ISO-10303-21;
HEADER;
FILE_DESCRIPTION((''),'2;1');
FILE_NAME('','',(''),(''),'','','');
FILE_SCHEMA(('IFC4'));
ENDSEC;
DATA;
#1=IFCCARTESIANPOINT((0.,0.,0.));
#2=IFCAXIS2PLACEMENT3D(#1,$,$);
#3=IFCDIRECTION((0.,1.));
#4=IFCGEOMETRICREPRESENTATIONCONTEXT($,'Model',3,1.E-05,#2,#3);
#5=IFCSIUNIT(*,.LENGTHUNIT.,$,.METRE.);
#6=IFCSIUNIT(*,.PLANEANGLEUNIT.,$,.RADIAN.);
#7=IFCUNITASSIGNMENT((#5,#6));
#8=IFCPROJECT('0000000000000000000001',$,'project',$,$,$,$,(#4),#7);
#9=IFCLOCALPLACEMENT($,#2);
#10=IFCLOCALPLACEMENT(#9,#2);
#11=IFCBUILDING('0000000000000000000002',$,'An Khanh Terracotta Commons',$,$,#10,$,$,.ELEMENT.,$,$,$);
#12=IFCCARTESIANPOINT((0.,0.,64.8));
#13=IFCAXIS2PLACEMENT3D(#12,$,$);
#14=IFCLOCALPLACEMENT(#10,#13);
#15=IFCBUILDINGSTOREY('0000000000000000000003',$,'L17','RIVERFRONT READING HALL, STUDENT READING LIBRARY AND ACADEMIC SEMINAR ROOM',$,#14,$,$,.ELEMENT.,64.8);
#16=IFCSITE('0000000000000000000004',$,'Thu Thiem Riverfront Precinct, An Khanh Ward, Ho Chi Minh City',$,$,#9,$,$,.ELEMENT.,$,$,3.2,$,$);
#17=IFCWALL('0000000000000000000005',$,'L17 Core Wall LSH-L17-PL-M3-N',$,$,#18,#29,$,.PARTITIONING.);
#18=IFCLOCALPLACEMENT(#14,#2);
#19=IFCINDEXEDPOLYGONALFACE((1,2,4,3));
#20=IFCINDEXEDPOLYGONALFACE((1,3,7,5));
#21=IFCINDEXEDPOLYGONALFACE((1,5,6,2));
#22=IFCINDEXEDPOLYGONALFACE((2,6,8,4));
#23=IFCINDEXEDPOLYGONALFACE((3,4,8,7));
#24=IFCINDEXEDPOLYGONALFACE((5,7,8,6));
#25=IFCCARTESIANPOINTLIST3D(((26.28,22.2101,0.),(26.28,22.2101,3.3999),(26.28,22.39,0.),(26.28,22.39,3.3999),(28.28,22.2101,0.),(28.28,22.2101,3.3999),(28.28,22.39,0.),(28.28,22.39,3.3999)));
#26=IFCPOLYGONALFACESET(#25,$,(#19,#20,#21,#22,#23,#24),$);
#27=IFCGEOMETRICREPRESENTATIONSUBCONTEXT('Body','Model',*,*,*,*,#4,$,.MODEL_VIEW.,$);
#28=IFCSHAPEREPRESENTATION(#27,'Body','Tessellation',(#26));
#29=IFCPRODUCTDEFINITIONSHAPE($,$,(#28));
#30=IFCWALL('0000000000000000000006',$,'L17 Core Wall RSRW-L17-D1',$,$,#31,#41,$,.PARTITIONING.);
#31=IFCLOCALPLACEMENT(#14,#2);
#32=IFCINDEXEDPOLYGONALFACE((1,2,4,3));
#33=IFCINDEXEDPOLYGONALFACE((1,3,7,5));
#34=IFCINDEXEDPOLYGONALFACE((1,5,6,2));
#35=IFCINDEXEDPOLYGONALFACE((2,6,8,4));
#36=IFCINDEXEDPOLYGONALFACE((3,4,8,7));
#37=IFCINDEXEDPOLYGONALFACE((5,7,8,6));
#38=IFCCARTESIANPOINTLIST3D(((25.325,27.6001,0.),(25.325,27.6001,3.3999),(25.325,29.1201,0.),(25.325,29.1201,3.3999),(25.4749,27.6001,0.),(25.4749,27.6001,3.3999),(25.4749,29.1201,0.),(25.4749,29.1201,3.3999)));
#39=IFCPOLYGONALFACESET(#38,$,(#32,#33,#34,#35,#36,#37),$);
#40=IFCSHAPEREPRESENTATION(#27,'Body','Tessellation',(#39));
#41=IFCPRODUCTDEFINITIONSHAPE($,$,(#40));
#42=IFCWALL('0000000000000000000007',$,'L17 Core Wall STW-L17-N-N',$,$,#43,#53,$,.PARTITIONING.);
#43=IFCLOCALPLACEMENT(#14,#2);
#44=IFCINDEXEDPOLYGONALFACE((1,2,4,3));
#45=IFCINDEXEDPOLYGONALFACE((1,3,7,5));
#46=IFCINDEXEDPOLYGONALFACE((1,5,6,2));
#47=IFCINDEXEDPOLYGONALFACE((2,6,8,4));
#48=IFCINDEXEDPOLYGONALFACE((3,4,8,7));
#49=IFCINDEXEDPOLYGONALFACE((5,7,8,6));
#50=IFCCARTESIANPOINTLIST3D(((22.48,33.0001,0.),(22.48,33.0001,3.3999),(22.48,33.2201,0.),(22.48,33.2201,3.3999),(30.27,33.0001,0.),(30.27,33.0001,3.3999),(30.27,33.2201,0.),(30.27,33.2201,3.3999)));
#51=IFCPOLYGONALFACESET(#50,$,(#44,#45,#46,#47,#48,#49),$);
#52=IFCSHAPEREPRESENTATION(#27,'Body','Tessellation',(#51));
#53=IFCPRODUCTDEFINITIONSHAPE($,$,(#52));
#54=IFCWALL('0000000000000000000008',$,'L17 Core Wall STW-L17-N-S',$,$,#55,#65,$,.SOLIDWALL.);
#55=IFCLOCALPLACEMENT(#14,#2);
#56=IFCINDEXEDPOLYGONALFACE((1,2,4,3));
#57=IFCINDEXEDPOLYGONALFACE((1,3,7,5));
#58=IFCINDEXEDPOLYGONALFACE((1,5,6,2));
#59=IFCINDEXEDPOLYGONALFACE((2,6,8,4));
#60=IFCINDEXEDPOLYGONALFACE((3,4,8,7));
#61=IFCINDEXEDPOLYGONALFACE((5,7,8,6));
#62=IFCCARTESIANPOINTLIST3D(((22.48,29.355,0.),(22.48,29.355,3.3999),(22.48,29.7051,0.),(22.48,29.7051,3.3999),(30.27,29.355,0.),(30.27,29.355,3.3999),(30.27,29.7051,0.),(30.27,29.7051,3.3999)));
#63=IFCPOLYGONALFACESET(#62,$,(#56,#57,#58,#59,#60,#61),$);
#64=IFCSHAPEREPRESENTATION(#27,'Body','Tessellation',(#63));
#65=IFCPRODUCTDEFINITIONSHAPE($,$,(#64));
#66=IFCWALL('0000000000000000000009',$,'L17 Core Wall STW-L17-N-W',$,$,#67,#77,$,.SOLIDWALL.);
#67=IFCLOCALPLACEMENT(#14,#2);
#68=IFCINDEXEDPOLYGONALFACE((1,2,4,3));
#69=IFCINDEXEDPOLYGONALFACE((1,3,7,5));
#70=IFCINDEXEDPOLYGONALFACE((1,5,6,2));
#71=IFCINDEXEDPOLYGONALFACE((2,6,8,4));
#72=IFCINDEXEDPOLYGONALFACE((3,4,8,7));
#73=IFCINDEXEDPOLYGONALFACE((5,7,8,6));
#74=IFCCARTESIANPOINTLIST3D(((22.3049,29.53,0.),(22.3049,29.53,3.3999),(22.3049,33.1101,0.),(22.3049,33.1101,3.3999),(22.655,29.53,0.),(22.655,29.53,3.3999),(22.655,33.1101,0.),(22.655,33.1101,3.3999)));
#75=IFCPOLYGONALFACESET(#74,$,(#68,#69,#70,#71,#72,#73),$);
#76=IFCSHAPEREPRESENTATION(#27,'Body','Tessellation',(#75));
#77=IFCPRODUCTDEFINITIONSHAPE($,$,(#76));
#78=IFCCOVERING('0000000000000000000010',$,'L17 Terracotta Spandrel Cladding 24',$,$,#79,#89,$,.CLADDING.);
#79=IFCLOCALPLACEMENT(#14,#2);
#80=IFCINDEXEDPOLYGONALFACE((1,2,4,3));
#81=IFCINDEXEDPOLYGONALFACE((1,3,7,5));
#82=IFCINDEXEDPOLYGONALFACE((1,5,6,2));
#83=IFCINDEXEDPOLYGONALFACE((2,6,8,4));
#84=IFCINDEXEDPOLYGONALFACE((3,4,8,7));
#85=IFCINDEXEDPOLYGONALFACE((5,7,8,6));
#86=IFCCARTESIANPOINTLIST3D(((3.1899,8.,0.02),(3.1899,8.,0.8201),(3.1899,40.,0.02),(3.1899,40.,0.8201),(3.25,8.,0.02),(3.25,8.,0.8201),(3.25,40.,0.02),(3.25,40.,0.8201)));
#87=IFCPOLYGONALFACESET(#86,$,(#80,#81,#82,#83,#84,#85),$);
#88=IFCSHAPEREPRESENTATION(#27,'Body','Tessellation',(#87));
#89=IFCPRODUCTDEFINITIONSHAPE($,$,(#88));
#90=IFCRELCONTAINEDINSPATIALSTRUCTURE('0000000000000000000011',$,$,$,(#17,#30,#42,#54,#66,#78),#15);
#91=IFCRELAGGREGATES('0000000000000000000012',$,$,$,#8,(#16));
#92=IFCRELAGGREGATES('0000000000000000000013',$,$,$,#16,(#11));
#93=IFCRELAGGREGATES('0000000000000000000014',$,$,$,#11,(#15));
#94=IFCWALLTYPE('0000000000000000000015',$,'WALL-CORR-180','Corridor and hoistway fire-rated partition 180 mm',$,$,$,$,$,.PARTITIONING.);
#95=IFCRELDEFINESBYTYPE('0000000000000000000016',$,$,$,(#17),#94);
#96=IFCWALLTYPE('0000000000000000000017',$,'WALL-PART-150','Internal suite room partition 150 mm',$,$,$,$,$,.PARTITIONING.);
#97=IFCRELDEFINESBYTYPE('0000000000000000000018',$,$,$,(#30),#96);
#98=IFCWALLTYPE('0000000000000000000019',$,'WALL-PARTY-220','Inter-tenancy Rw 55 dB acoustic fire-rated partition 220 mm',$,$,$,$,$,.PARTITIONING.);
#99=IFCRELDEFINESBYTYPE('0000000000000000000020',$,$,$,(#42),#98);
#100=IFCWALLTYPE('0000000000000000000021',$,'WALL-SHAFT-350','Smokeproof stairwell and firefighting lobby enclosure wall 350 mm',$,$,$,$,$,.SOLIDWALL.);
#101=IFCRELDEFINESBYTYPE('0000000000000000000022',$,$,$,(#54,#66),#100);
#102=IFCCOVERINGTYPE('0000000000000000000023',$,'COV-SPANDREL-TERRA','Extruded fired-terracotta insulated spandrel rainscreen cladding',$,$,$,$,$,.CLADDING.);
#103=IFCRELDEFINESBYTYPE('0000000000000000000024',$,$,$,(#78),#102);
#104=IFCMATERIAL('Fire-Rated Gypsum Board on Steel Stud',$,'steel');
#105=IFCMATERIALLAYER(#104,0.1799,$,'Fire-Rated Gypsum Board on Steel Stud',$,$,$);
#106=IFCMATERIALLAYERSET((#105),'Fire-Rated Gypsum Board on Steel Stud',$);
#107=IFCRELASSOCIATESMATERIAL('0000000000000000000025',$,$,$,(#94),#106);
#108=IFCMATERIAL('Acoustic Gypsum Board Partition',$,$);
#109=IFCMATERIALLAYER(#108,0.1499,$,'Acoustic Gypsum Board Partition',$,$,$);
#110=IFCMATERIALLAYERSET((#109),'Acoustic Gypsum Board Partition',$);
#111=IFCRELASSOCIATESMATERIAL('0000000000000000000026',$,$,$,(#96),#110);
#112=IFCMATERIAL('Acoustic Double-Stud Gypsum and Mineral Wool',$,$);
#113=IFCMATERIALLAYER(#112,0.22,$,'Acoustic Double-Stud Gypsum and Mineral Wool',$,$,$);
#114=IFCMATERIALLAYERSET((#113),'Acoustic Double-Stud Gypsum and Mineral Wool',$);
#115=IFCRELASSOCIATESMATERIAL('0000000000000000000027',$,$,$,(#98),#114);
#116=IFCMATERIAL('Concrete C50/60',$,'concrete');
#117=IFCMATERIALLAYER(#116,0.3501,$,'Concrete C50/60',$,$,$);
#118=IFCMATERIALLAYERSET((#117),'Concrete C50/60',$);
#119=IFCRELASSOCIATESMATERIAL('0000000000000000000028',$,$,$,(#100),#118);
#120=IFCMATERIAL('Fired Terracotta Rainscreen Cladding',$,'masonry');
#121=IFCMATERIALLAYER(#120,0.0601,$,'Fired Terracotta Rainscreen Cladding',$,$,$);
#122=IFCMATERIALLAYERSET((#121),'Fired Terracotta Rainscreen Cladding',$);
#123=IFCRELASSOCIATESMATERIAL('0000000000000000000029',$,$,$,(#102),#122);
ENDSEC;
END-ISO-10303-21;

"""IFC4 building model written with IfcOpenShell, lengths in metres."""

from ifc_helpers import new_model, si_unit, direction, frame, frame_2d, origin, origin_2d, place, context, subcontext, project, spatial, rectangle, extrude, material, layer, layer_set, type_object, element, save


model = new_model("IFC4")

# Units and contexts
model_context = context("Model", 3, precision=1e-05, world=origin(), true_north=direction((0.0, 1.0)))
body_context = subcontext(model_context, "Body", "Model", "MODEL_VIEW")
ifc_project = project(units=[si_unit("LENGTHUNIT", "METRE"), si_unit("PLANEANGLEUNIT", "RADIAN")], contexts=[model_context])

# Site, building, storey
site_placement = place(None, origin())
site = spatial("IfcSite", under=ifc_project, at=site_placement, Name="Thu Thiem Riverfront Precinct, An Khanh Ward, Ho Chi Minh City", CompositionType="ELEMENT", RefElevation=3.2)
building_placement = place(site_placement, origin())
building = spatial("IfcBuilding", under=site, at=building_placement, Name="An Khanh Terracotta Commons", CompositionType="ELEMENT")
storey_placement = place(building_placement, frame((0.0, 0.0, 64.8)))
storey = spatial("IfcBuildingStorey", under=building, at=storey_placement, Name="L17", Description="RIVERFRONT READING HALL, STUDENT READING LIBRARY AND ACADEMIC SEMINAR ROOM", CompositionType="ELEMENT", Elevation=64.8)

# Shared definitions
ifc_material_1 = material(Name="Fire-Rated Gypsum Board on Steel Stud", Category="steel")
ifc_layer_1 = layer(ifc_material_1, 0.1799, Name="Fire-Rated Gypsum Board on Steel Stud")
ifc_layer_set_1 = layer_set([ifc_layer_1], Name="Fire-Rated Gypsum Board on Steel Stud")
wall_type_1 = type_object("IfcWallType", Name="WALL-CORR-180", Description="Corridor and hoistway fire-rated partition 180 mm", PredefinedType="PARTITIONING", material=ifc_layer_set_1)

# Walls
wall_1_placement = place(storey_placement, frame((26.28, 22.3, 0.0), z_axis=(0.0, 0.0, 1.0), x_axis=(1.0, 0.0, 0.0)))
element("IfcWall", 1, at=wall_1_placement, inside=storey, type_object=wall_type_1, Name="L17 Core Wall LSH-L17-PL-M3-N", PredefinedType="PARTITIONING", context=body_context, shape_type="SweptSolid", body=[
    extrude(rectangle(XDim=2.0, YDim=0.1799, at=frame_2d((1.0, 0.0))), origin(), (0.0, 0.0, 1.0), 3.3999),
])
ifc_material_2 = material(Name="Acoustic Gypsum Board Partition")
ifc_layer_2 = layer(ifc_material_2, 0.1499, Name="Acoustic Gypsum Board Partition")
ifc_layer_set_2 = layer_set([ifc_layer_2], Name="Acoustic Gypsum Board Partition")
wall_type_2 = type_object("IfcWallType", Name="WALL-PART-150", Description="Internal suite room partition 150 mm", PredefinedType="PARTITIONING", material=ifc_layer_set_2)
wall_2_placement = place(storey_placement, frame((25.3999, 27.6001, 0.0), z_axis=(0.0, 0.0, 1.0), x_axis=(0.0, 1.0, 0.0)))
element("IfcWall", 2, at=wall_2_placement, inside=storey, type_object=wall_type_2, Name="L17 Core Wall RSRW-L17-D1", PredefinedType="PARTITIONING", context=body_context, shape_type="SweptSolid", body=[
    extrude(rectangle(XDim=1.52, YDim=0.1499, at=frame_2d((0.76, 0.0))), origin(), (0.0, 0.0, 1.0), 3.3999),
])
ifc_material_3 = material(Name="Acoustic Double-Stud Gypsum and Mineral Wool")
ifc_layer_3 = layer(ifc_material_3, 0.22, Name="Acoustic Double-Stud Gypsum and Mineral Wool")
ifc_layer_set_3 = layer_set([ifc_layer_3], Name="Acoustic Double-Stud Gypsum and Mineral Wool")
wall_type_3 = type_object("IfcWallType", Name="WALL-PARTY-220", Description="Inter-tenancy Rw 55 dB acoustic fire-rated partition 220 mm", PredefinedType="PARTITIONING", material=ifc_layer_set_3)
wall_3_placement = place(storey_placement, frame((22.48, 33.1101, 0.0), z_axis=(0.0, 0.0, 1.0), x_axis=(1.0, 0.0, 0.0)))
element("IfcWall", 3, at=wall_3_placement, inside=storey, type_object=wall_type_3, Name="L17 Core Wall STW-L17-N-N", PredefinedType="PARTITIONING", context=body_context, shape_type="SweptSolid", body=[
    extrude(rectangle(XDim=7.79, YDim=0.22, at=frame_2d((3.895, 0.0))), origin(), (0.0, 0.0, 1.0), 3.3999),
])
ifc_material_4 = material(Name="Concrete C50/60", Category="concrete")
ifc_layer_4 = layer(ifc_material_4, 0.3501, Name="Concrete C50/60")
ifc_layer_set_4 = layer_set([ifc_layer_4], Name="Concrete C50/60")
wall_type_4 = type_object("IfcWallType", Name="WALL-SHAFT-350", Description="Smokeproof stairwell and firefighting lobby enclosure wall 350 mm", PredefinedType="SOLIDWALL", material=ifc_layer_set_4)
wall_4_placement = place(storey_placement, frame((22.48, 29.53, 0.0), z_axis=(0.0, 0.0, 1.0), x_axis=(1.0, 0.0, 0.0)))
element("IfcWall", 4, at=wall_4_placement, inside=storey, type_object=wall_type_4, Name="L17 Core Wall STW-L17-N-S", PredefinedType="SOLIDWALL", context=body_context, shape_type="SweptSolid", body=[
    extrude(rectangle(XDim=7.79, YDim=0.3501, at=frame_2d((3.895, 0.0))), origin(), (0.0, 0.0, 1.0), 3.3999),
])
wall_5_placement = place(storey_placement, frame((22.48, 29.53, 0.0), z_axis=(0.0, 0.0, 1.0), x_axis=(0.0, 1.0, 0.0)))
element("IfcWall", 5, at=wall_5_placement, inside=storey, type_object=wall_type_4, Name="L17 Core Wall STW-L17-N-W", PredefinedType="SOLIDWALL", context=body_context, shape_type="SweptSolid", body=[
    extrude(rectangle(XDim=3.5801, YDim=0.3501, at=frame_2d((1.79, 0.0))), origin(), (0.0, 0.0, 1.0), 3.3999),
])

# Covering
ifc_material_5 = material(Name="Fired Terracotta Rainscreen Cladding", Category="masonry")
ifc_layer_5 = layer(ifc_material_5, 0.0601, Name="Fired Terracotta Rainscreen Cladding")
ifc_layer_set_5 = layer_set([ifc_layer_5], Name="Fired Terracotta Rainscreen Cladding")
covering_type = type_object("IfcCoveringType", Name="COV-SPANDREL-TERRA", Description="Extruded fired-terracotta insulated spandrel rainscreen cladding", PredefinedType="CLADDING", material=ifc_layer_set_5)
covering_placement = place(storey_placement, frame((3.22, 24.0, 0.02), z_axis=(0.0, 0.0, 1.0), x_axis=(0.0, -1.0, 0.0)))
element("IfcCovering", 6, at=covering_placement, inside=storey, type_object=covering_type, Name="L17 Terracotta Spandrel Cladding 24", PredefinedType="CLADDING", context=body_context, shape_type="SweptSolid", body=[
    extrude(rectangle(XDim=32.0, YDim=0.0601, at=origin_2d()), origin(), (0.0, 0.0, 1.0), 0.8),
])

save(model, "model.ifc")
